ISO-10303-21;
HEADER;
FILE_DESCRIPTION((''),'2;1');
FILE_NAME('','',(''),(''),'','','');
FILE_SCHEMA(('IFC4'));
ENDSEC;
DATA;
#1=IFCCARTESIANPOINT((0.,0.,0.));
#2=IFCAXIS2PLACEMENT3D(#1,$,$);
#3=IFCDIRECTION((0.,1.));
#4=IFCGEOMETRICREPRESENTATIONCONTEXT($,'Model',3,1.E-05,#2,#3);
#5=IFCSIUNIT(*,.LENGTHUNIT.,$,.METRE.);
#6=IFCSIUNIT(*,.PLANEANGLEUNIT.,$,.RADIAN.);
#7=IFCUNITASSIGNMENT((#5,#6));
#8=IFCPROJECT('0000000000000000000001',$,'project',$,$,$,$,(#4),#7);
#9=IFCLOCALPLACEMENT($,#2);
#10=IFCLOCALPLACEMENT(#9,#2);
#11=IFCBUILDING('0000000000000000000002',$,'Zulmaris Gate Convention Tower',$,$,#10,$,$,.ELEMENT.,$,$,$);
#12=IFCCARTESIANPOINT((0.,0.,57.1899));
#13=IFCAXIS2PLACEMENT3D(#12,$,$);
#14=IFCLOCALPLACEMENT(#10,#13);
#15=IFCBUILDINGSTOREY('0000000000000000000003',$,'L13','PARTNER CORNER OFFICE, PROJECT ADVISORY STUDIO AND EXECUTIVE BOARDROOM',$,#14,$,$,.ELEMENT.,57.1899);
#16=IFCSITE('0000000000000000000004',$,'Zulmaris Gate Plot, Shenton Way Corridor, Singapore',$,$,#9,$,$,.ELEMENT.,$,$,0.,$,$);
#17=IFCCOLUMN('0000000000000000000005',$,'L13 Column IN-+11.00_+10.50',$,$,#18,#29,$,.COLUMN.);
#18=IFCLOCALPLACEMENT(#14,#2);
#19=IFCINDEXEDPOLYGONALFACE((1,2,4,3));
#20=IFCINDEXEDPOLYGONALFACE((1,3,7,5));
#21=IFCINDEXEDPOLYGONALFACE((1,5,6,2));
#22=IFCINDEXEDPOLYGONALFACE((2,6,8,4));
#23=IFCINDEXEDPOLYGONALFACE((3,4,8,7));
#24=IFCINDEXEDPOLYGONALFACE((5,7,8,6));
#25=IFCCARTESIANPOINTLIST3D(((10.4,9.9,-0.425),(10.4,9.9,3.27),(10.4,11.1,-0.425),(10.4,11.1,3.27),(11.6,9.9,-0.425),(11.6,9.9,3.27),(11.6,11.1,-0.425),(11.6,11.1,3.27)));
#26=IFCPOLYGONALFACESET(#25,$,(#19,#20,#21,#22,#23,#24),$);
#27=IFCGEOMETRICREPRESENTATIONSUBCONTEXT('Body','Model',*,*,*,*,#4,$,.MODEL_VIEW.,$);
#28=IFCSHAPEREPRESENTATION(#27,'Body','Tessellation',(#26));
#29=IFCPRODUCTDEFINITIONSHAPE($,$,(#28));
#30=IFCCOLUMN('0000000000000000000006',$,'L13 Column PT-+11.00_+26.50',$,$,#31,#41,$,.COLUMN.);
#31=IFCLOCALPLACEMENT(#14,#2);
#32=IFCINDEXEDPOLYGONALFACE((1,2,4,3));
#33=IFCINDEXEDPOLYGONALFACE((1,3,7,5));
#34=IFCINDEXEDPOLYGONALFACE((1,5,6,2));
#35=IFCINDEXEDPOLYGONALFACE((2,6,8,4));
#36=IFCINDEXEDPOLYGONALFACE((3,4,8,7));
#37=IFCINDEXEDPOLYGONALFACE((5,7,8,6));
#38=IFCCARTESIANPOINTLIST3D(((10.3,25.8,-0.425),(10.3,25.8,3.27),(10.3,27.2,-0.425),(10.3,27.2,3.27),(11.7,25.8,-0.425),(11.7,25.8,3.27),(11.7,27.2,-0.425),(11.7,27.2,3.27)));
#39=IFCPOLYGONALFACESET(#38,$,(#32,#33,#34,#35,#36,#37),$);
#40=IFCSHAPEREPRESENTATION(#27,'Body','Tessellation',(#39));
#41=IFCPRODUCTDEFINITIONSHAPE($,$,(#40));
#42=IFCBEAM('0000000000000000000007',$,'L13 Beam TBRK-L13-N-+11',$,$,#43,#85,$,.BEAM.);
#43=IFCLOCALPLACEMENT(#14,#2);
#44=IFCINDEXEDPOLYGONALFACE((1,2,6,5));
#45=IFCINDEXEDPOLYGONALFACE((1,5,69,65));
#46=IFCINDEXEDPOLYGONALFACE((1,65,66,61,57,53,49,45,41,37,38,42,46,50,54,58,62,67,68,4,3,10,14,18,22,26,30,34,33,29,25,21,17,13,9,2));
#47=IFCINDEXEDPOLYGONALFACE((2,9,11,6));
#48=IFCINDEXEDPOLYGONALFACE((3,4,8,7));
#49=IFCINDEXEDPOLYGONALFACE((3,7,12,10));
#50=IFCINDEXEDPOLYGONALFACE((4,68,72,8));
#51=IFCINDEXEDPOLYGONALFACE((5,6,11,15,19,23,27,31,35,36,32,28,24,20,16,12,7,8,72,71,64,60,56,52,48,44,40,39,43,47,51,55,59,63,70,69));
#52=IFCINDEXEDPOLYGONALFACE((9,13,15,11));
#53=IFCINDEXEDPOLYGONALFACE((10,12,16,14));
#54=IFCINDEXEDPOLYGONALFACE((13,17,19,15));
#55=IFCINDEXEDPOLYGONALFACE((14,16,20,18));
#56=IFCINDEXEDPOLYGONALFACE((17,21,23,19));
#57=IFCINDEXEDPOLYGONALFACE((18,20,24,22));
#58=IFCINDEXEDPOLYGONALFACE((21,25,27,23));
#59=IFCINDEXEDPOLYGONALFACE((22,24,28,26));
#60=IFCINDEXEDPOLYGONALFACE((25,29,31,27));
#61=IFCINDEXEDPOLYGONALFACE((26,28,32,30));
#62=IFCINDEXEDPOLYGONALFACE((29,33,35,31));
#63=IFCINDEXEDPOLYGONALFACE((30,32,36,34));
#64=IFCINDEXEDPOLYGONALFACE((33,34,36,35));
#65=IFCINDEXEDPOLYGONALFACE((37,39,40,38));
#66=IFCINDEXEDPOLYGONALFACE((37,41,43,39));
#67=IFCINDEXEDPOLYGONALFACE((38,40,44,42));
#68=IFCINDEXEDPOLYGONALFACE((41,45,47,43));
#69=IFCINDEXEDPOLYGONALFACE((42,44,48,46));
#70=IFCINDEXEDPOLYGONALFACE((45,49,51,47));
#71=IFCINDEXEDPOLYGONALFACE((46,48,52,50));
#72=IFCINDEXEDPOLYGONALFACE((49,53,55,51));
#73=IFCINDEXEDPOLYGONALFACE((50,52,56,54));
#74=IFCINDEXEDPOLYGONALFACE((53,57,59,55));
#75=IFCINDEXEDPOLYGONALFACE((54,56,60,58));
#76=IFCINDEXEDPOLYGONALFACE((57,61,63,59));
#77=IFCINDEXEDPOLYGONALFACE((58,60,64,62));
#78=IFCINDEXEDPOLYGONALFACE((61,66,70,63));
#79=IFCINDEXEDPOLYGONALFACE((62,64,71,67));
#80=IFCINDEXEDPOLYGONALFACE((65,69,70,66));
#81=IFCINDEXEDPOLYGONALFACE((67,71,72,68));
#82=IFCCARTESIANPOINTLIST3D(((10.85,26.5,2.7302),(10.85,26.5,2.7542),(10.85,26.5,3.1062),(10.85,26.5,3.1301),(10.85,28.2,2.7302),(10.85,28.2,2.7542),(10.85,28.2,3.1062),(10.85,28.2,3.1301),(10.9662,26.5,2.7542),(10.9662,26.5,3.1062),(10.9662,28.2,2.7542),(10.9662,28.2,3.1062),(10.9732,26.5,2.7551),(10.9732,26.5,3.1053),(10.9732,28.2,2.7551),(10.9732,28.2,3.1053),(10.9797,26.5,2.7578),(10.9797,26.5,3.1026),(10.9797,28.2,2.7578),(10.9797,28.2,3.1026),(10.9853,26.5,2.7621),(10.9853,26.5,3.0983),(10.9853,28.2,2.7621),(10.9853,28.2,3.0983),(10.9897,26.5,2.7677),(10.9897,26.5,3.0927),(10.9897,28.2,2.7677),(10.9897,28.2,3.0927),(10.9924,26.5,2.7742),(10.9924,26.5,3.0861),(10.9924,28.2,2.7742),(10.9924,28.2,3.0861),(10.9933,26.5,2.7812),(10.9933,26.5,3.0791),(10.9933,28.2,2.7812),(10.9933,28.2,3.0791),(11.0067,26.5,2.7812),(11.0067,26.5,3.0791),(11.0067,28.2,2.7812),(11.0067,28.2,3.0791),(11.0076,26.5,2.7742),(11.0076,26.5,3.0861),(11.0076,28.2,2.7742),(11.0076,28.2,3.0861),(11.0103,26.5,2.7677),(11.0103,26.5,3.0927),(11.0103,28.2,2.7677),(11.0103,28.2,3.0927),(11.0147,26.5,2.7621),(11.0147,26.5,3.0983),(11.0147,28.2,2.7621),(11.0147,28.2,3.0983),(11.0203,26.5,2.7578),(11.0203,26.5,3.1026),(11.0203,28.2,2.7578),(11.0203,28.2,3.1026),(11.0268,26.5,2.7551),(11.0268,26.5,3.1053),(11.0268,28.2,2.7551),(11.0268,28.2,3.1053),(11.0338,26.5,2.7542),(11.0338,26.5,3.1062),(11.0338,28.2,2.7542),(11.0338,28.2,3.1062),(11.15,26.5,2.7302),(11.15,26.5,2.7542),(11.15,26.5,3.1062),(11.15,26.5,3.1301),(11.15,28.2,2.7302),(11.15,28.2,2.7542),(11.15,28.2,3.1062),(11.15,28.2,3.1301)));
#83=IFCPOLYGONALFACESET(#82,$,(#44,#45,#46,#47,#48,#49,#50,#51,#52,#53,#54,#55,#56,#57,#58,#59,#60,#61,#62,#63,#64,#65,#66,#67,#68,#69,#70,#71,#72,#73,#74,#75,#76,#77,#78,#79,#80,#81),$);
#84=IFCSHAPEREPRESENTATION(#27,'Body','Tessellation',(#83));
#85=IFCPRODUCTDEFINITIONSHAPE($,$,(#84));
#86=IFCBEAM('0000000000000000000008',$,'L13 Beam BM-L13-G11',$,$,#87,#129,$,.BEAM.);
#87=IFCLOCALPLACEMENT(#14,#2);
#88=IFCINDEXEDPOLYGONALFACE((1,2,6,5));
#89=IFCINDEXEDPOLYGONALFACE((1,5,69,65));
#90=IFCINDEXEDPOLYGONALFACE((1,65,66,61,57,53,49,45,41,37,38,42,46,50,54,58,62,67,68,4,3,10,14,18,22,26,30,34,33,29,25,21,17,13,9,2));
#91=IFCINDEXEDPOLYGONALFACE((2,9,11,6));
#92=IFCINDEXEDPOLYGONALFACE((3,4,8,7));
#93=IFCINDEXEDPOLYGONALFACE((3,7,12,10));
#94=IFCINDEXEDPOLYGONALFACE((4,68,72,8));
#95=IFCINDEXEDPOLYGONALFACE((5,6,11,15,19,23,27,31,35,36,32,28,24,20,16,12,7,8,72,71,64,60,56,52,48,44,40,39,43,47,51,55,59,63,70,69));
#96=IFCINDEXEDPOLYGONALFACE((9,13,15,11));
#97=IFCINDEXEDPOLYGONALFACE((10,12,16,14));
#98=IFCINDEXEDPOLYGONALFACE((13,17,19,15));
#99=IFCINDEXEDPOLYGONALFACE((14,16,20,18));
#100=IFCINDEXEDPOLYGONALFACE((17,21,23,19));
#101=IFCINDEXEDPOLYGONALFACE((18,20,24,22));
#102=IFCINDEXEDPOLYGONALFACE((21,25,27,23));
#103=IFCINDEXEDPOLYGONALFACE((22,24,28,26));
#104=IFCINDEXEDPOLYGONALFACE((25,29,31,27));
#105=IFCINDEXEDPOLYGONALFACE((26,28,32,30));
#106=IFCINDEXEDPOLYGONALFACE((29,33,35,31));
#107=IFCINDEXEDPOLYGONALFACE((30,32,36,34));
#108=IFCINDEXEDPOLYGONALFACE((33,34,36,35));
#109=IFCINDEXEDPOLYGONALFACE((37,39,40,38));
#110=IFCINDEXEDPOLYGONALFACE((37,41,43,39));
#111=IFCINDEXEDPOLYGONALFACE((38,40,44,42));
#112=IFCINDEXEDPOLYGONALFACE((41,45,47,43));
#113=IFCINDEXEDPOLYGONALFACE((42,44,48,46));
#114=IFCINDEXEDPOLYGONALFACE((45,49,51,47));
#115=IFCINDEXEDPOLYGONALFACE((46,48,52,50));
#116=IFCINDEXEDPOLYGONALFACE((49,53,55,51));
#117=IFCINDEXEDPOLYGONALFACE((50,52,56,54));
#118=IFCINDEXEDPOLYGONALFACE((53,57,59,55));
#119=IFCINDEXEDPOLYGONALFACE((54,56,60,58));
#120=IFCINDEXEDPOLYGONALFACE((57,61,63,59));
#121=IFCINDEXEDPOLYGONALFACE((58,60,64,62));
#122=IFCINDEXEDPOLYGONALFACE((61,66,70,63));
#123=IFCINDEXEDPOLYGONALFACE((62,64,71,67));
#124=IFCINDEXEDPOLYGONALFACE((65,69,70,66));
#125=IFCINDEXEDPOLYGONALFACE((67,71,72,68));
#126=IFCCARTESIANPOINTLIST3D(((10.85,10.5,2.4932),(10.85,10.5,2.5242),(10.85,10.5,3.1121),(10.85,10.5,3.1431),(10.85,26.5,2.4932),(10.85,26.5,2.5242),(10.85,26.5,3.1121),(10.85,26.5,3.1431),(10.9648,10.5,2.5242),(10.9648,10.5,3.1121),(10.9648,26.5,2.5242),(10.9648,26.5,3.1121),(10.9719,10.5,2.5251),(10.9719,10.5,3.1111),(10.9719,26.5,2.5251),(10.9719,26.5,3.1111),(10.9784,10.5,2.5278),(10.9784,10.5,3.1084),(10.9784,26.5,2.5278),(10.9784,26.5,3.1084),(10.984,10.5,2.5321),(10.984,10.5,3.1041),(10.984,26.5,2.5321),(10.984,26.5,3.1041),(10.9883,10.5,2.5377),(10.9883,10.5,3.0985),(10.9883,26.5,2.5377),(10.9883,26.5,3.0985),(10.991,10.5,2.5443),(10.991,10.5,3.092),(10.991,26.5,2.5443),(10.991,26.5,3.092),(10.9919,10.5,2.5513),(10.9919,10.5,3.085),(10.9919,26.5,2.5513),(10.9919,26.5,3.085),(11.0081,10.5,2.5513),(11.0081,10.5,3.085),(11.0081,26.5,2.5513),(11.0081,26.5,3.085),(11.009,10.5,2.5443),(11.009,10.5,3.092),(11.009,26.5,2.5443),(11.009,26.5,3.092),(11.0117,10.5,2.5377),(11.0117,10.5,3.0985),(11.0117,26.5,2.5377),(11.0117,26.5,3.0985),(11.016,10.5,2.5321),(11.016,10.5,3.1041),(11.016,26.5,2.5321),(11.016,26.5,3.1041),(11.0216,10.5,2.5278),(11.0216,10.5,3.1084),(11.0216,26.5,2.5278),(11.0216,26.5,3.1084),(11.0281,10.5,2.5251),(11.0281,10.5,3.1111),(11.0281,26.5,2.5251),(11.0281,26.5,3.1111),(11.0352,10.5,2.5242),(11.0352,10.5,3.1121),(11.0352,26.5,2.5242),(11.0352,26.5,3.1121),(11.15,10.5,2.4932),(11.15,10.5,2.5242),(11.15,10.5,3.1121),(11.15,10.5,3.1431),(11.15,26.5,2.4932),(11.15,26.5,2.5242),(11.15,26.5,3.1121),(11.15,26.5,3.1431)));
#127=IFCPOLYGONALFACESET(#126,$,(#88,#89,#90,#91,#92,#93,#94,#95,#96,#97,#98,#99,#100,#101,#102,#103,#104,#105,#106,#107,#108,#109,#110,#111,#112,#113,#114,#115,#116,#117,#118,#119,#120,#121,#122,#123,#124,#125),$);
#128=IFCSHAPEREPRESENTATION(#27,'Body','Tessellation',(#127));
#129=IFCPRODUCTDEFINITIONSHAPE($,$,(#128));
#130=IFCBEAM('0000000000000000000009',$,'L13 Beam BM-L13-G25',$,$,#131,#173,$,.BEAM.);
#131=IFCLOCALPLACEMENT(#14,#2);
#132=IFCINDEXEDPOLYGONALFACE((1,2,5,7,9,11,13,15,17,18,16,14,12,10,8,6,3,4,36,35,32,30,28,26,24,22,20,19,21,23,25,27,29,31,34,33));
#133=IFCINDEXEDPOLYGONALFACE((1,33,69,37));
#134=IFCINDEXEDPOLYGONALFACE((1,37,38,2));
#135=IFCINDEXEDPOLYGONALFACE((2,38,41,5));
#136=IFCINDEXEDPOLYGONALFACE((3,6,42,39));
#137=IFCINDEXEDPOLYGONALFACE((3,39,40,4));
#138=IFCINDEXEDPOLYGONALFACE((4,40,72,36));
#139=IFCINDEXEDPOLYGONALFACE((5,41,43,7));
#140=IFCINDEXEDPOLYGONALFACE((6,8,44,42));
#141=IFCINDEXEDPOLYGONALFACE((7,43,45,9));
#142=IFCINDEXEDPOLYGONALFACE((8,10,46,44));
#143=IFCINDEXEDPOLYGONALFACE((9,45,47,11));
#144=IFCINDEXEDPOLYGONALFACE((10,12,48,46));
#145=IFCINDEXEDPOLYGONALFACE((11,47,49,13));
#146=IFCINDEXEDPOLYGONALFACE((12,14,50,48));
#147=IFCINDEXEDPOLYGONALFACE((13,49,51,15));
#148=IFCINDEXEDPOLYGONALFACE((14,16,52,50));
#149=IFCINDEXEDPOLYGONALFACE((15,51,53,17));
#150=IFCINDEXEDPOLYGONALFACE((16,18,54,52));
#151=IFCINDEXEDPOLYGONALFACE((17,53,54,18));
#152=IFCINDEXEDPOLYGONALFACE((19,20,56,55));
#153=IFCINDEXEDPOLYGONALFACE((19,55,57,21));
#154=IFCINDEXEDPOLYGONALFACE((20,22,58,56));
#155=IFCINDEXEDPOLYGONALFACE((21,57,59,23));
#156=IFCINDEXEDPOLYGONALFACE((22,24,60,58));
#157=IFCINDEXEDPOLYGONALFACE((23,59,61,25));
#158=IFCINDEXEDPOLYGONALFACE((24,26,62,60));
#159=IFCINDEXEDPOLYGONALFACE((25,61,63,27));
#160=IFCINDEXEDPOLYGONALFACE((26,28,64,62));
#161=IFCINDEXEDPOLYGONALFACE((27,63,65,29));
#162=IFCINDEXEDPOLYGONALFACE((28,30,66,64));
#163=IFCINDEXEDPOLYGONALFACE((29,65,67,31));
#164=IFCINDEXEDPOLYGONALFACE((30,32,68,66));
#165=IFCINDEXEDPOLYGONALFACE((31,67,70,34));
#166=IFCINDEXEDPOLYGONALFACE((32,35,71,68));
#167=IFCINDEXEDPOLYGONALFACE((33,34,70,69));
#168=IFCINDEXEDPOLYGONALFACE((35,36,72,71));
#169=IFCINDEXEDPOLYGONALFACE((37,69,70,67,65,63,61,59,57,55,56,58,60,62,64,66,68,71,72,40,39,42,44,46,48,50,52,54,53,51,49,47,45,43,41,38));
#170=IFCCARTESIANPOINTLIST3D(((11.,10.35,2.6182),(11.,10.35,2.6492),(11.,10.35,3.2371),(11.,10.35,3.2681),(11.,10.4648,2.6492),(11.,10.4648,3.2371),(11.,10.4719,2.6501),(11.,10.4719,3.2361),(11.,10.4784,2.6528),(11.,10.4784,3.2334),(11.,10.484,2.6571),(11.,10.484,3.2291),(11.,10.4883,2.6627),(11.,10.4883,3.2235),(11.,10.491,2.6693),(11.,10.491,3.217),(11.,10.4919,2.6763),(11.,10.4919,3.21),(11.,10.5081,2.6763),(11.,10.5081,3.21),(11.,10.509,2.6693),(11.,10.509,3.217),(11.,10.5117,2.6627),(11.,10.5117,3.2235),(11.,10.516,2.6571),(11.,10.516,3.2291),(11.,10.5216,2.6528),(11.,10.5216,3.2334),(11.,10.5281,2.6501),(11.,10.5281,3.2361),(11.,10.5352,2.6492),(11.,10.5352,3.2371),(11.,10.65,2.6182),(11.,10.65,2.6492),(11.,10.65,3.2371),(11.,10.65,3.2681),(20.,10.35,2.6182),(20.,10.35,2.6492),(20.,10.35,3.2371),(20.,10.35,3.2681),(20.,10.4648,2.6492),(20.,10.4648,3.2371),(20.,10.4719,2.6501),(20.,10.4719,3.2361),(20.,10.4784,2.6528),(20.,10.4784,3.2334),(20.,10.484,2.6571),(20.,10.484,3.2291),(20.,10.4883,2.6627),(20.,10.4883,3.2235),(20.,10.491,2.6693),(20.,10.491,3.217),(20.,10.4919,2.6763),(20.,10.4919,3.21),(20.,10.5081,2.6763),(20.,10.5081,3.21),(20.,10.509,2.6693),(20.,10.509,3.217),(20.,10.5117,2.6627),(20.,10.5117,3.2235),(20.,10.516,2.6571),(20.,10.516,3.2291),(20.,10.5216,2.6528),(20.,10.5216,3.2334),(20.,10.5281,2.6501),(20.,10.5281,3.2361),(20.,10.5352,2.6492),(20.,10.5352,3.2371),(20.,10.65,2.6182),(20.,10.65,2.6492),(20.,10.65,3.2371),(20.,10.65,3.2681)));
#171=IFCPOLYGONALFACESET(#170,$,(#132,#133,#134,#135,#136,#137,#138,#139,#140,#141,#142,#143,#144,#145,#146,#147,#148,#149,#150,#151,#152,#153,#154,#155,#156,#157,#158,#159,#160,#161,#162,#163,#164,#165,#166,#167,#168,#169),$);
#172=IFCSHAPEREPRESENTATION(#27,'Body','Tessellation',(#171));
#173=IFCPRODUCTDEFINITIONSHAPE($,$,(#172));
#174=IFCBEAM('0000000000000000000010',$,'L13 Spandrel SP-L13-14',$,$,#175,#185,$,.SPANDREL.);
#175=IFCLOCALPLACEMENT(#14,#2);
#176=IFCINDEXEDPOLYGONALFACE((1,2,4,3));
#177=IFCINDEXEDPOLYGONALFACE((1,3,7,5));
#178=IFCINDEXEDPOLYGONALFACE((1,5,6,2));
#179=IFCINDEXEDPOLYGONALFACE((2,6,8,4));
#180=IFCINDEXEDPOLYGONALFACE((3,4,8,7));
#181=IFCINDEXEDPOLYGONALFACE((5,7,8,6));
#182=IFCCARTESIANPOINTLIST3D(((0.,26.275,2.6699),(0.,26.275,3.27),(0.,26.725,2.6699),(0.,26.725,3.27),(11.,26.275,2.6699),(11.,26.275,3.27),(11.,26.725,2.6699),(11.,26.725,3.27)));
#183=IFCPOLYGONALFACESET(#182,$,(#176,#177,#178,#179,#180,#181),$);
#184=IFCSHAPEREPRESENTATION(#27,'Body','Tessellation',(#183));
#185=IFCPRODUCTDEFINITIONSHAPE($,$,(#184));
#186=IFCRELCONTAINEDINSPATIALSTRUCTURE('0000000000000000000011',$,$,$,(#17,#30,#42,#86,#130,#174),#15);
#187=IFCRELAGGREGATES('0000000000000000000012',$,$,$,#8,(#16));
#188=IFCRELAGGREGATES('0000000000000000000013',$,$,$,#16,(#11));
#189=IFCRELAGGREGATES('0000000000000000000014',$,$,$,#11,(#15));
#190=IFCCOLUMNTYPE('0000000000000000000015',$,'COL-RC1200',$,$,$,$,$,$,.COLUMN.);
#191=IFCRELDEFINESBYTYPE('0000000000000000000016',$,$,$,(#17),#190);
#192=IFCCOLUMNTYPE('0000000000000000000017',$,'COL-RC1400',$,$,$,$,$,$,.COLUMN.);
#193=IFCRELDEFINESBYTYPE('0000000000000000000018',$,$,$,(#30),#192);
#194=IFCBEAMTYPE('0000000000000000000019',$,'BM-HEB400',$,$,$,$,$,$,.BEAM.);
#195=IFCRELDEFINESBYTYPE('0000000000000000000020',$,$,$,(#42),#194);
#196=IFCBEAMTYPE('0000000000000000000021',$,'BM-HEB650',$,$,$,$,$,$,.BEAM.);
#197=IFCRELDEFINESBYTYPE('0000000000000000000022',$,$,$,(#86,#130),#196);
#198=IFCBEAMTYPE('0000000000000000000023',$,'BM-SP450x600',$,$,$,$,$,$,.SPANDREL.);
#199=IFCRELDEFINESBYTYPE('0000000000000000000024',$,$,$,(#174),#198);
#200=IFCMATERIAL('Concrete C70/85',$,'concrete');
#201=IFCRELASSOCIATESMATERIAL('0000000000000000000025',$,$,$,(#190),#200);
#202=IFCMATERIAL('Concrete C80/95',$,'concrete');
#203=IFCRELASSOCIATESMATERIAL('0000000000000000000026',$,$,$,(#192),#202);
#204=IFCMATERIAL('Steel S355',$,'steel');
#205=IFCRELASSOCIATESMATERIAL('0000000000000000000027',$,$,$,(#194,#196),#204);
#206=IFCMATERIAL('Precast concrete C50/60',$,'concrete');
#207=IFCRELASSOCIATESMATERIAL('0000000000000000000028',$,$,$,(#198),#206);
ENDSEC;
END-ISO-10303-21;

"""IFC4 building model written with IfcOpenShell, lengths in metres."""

from ifc_helpers import new_model, si_unit, direction, frame, origin, origin_2d, place, context, subcontext, project, spatial, rectangle, i_section, extrude, material, material_profile, profile_set, type_object, element, save


model = new_model("IFC4")

# Units and contexts
model_context = context("Model", 3, precision=1e-05, world=origin(), true_north=direction((0.0, 1.0)))
body_context = subcontext(model_context, "Body", "Model", "MODEL_VIEW")
ifc_project = project(units=[si_unit("LENGTHUNIT", "METRE"), si_unit("PLANEANGLEUNIT", "RADIAN")], contexts=[model_context])

# Site, building, storey
site_placement = place(None, origin())
site = spatial("IfcSite", under=ifc_project, at=site_placement, Name="Zulmaris Gate Plot, Shenton Way Corridor, Singapore", CompositionType="ELEMENT", RefElevation=0.0)
building_placement = place(site_placement, origin())
building = spatial("IfcBuilding", under=site, at=building_placement, Name="Zulmaris Gate Convention Tower", CompositionType="ELEMENT")
storey_placement = place(building_placement, frame((0.0, 0.0, 57.1899)))
storey = spatial("IfcBuildingStorey", under=building, at=storey_placement, Name="L13", Description="PARTNER CORNER OFFICE, PROJECT ADVISORY STUDIO AND EXECUTIVE BOARDROOM", CompositionType="ELEMENT", Elevation=57.1899)

# Columns
ifc_material_1 = material(Name="Concrete C70/85", Category="concrete")
ifc_material_profile_1 = material_profile(ifc_material_1, rectangle(XDim=1.2, YDim=1.2, at=origin_2d()), Name="RC COL 1200x1200")
ifc_profile_set_1 = profile_set([ifc_material_profile_1], Name="Concrete C70/85")
column_type_1 = type_object("IfcColumnType", Name="COL-RC1200", PredefinedType="COLUMN", material=ifc_profile_set_1)
column_1_placement = place(storey_placement, frame((11.0, 10.5, -0.425), z_axis=(0.0, 0.0, 1.0), x_axis=(1.0, 0.0, 0.0)))
element("IfcColumn", 1, at=column_1_placement, inside=storey, type_object=column_type_1, Name="L13 Column IN-+11.00_+10.50", PredefinedType="COLUMN", context=body_context, shape_type="SweptSolid", body=[
    extrude(rectangle(XDim=1.2, YDim=1.2, at=origin_2d()), origin(), (0.0, 0.0, 1.0), 3.6951),
])
ifc_material_2 = material(Name="Concrete C80/95", Category="concrete")
ifc_material_profile_2 = material_profile(ifc_material_2, rectangle(XDim=1.3999, YDim=1.3999, at=origin_2d()), Name="RC COL 1400x1400")
ifc_profile_set_2 = profile_set([ifc_material_profile_2], Name="Concrete C80/95")
column_type_2 = type_object("IfcColumnType", Name="COL-RC1400", PredefinedType="COLUMN", material=ifc_profile_set_2)
column_2_placement = place(storey_placement, frame((11.0, 26.5, -0.425), z_axis=(0.0, 0.0, 1.0), x_axis=(1.0, 0.0, 0.0)))
element("IfcColumn", 2, at=column_2_placement, inside=storey, type_object=column_type_2, Name="L13 Column PT-+11.00_+26.50", PredefinedType="COLUMN", context=body_context, shape_type="SweptSolid", body=[
    extrude(rectangle(XDim=1.3999, YDim=1.3999, at=origin_2d()), origin(), (0.0, 0.0, 1.0), 3.6951),
])

# Beams
ifc_material_3 = material(Name="Steel S355", Category="steel")
ifc_material_profile_3 = material_profile(ifc_material_3, i_section(OverallWidth=0.3, OverallDepth=0.3999, WebThickness=0.0134, FlangeThickness=0.0239, FilletRadius=0.0271, at=origin_2d()), Name="HEB 400")
ifc_profile_set_3 = profile_set([ifc_material_profile_3], Name="Steel S355")
beam_type_1 = type_object("IfcBeamType", Name="BM-HEB400", PredefinedType="BEAM", material=ifc_profile_set_3)
beam_1_placement = place(storey_placement, frame((11.0, 26.5, 2.9302), z_axis=(0.0, 1.0, 0.0), x_axis=(-1.0, 0.0, 0.0)))
element("IfcBeam", 3, at=beam_1_placement, inside=storey, type_object=beam_type_1, Name="L13 Beam TBRK-L13-N-+11", PredefinedType="BEAM", context=body_context, shape_type="SweptSolid", body=[
    extrude(i_section(OverallWidth=0.3, OverallDepth=0.3999, WebThickness=0.0134, FlangeThickness=0.0239, FilletRadius=0.0271, at=origin_2d()), origin(), (0.0, 0.0, 1.0), 1.7),
])
ifc_material_profile_4 = material_profile(ifc_material_3, i_section(OverallWidth=0.3, OverallDepth=0.6499, WebThickness=0.0161, FlangeThickness=0.031, FilletRadius=0.0271, at=origin_2d()), Name="HEB 650")
ifc_profile_set_4 = profile_set([ifc_material_profile_4], Name="Steel S355")
beam_type_2 = type_object("IfcBeamType", Name="BM-HEB650", PredefinedType="BEAM", material=ifc_profile_set_4)
beam_2_placement = place(storey_placement, frame((11.0, 10.5, 2.8181), z_axis=(0.0, 1.0, 0.0), x_axis=(-1.0, 0.0, 0.0)))
element("IfcBeam", 4, at=beam_2_placement, inside=storey, type_object=beam_type_2, Name="L13 Beam BM-L13-G11", PredefinedType="BEAM", context=body_context, shape_type="SweptSolid", body=[
    extrude(i_section(OverallWidth=0.3, OverallDepth=0.6499, WebThickness=0.0161, FlangeThickness=0.031, FilletRadius=0.0271, at=origin_2d()), origin(), (0.0, 0.0, 1.0), 16.0),
])
beam_3_placement = place(storey_placement, frame((11.0, 10.5, 2.9431), z_axis=(1.0, 0.0, 0.0), x_axis=(0.0, 1.0, 0.0)))
element("IfcBeam", 5, at=beam_3_placement, inside=storey, type_object=beam_type_2, Name="L13 Beam BM-L13-G25", PredefinedType="BEAM", context=body_context, shape_type="SweptSolid", body=[
    extrude(i_section(OverallWidth=0.3, OverallDepth=0.6499, WebThickness=0.0161, FlangeThickness=0.031, FilletRadius=0.0271, at=origin_2d()), origin(), (0.0, 0.0, 1.0), 9.0),
])
ifc_material_4 = material(Name="Precast concrete C50/60", Category="concrete")
ifc_material_profile_5 = material_profile(ifc_material_4, rectangle(XDim=0.45, YDim=0.6001, at=origin_2d()), Name="RC SPANDREL 450x600")
ifc_profile_set_5 = profile_set([ifc_material_profile_5], Name="Precast concrete C50/60")
beam_type_3 = type_object("IfcBeamType", Name="BM-SP450x600", PredefinedType="SPANDREL", material=ifc_profile_set_5)
beam_4_placement = place(storey_placement, frame((11.0, 26.5, 2.97), z_axis=(-1.0, 0.0, 0.0), x_axis=(0.0, -1.0, 0.0)))
element("IfcBeam", 6, at=beam_4_placement, inside=storey, type_object=beam_type_3, Name="L13 Spandrel SP-L13-14", PredefinedType="SPANDREL", context=body_context, shape_type="SweptSolid", body=[
    extrude(rectangle(XDim=0.45, YDim=0.6001, at=origin_2d()), origin(), (0.0, 0.0, 1.0), 11.0),
])

save(model, "model.ifc")
